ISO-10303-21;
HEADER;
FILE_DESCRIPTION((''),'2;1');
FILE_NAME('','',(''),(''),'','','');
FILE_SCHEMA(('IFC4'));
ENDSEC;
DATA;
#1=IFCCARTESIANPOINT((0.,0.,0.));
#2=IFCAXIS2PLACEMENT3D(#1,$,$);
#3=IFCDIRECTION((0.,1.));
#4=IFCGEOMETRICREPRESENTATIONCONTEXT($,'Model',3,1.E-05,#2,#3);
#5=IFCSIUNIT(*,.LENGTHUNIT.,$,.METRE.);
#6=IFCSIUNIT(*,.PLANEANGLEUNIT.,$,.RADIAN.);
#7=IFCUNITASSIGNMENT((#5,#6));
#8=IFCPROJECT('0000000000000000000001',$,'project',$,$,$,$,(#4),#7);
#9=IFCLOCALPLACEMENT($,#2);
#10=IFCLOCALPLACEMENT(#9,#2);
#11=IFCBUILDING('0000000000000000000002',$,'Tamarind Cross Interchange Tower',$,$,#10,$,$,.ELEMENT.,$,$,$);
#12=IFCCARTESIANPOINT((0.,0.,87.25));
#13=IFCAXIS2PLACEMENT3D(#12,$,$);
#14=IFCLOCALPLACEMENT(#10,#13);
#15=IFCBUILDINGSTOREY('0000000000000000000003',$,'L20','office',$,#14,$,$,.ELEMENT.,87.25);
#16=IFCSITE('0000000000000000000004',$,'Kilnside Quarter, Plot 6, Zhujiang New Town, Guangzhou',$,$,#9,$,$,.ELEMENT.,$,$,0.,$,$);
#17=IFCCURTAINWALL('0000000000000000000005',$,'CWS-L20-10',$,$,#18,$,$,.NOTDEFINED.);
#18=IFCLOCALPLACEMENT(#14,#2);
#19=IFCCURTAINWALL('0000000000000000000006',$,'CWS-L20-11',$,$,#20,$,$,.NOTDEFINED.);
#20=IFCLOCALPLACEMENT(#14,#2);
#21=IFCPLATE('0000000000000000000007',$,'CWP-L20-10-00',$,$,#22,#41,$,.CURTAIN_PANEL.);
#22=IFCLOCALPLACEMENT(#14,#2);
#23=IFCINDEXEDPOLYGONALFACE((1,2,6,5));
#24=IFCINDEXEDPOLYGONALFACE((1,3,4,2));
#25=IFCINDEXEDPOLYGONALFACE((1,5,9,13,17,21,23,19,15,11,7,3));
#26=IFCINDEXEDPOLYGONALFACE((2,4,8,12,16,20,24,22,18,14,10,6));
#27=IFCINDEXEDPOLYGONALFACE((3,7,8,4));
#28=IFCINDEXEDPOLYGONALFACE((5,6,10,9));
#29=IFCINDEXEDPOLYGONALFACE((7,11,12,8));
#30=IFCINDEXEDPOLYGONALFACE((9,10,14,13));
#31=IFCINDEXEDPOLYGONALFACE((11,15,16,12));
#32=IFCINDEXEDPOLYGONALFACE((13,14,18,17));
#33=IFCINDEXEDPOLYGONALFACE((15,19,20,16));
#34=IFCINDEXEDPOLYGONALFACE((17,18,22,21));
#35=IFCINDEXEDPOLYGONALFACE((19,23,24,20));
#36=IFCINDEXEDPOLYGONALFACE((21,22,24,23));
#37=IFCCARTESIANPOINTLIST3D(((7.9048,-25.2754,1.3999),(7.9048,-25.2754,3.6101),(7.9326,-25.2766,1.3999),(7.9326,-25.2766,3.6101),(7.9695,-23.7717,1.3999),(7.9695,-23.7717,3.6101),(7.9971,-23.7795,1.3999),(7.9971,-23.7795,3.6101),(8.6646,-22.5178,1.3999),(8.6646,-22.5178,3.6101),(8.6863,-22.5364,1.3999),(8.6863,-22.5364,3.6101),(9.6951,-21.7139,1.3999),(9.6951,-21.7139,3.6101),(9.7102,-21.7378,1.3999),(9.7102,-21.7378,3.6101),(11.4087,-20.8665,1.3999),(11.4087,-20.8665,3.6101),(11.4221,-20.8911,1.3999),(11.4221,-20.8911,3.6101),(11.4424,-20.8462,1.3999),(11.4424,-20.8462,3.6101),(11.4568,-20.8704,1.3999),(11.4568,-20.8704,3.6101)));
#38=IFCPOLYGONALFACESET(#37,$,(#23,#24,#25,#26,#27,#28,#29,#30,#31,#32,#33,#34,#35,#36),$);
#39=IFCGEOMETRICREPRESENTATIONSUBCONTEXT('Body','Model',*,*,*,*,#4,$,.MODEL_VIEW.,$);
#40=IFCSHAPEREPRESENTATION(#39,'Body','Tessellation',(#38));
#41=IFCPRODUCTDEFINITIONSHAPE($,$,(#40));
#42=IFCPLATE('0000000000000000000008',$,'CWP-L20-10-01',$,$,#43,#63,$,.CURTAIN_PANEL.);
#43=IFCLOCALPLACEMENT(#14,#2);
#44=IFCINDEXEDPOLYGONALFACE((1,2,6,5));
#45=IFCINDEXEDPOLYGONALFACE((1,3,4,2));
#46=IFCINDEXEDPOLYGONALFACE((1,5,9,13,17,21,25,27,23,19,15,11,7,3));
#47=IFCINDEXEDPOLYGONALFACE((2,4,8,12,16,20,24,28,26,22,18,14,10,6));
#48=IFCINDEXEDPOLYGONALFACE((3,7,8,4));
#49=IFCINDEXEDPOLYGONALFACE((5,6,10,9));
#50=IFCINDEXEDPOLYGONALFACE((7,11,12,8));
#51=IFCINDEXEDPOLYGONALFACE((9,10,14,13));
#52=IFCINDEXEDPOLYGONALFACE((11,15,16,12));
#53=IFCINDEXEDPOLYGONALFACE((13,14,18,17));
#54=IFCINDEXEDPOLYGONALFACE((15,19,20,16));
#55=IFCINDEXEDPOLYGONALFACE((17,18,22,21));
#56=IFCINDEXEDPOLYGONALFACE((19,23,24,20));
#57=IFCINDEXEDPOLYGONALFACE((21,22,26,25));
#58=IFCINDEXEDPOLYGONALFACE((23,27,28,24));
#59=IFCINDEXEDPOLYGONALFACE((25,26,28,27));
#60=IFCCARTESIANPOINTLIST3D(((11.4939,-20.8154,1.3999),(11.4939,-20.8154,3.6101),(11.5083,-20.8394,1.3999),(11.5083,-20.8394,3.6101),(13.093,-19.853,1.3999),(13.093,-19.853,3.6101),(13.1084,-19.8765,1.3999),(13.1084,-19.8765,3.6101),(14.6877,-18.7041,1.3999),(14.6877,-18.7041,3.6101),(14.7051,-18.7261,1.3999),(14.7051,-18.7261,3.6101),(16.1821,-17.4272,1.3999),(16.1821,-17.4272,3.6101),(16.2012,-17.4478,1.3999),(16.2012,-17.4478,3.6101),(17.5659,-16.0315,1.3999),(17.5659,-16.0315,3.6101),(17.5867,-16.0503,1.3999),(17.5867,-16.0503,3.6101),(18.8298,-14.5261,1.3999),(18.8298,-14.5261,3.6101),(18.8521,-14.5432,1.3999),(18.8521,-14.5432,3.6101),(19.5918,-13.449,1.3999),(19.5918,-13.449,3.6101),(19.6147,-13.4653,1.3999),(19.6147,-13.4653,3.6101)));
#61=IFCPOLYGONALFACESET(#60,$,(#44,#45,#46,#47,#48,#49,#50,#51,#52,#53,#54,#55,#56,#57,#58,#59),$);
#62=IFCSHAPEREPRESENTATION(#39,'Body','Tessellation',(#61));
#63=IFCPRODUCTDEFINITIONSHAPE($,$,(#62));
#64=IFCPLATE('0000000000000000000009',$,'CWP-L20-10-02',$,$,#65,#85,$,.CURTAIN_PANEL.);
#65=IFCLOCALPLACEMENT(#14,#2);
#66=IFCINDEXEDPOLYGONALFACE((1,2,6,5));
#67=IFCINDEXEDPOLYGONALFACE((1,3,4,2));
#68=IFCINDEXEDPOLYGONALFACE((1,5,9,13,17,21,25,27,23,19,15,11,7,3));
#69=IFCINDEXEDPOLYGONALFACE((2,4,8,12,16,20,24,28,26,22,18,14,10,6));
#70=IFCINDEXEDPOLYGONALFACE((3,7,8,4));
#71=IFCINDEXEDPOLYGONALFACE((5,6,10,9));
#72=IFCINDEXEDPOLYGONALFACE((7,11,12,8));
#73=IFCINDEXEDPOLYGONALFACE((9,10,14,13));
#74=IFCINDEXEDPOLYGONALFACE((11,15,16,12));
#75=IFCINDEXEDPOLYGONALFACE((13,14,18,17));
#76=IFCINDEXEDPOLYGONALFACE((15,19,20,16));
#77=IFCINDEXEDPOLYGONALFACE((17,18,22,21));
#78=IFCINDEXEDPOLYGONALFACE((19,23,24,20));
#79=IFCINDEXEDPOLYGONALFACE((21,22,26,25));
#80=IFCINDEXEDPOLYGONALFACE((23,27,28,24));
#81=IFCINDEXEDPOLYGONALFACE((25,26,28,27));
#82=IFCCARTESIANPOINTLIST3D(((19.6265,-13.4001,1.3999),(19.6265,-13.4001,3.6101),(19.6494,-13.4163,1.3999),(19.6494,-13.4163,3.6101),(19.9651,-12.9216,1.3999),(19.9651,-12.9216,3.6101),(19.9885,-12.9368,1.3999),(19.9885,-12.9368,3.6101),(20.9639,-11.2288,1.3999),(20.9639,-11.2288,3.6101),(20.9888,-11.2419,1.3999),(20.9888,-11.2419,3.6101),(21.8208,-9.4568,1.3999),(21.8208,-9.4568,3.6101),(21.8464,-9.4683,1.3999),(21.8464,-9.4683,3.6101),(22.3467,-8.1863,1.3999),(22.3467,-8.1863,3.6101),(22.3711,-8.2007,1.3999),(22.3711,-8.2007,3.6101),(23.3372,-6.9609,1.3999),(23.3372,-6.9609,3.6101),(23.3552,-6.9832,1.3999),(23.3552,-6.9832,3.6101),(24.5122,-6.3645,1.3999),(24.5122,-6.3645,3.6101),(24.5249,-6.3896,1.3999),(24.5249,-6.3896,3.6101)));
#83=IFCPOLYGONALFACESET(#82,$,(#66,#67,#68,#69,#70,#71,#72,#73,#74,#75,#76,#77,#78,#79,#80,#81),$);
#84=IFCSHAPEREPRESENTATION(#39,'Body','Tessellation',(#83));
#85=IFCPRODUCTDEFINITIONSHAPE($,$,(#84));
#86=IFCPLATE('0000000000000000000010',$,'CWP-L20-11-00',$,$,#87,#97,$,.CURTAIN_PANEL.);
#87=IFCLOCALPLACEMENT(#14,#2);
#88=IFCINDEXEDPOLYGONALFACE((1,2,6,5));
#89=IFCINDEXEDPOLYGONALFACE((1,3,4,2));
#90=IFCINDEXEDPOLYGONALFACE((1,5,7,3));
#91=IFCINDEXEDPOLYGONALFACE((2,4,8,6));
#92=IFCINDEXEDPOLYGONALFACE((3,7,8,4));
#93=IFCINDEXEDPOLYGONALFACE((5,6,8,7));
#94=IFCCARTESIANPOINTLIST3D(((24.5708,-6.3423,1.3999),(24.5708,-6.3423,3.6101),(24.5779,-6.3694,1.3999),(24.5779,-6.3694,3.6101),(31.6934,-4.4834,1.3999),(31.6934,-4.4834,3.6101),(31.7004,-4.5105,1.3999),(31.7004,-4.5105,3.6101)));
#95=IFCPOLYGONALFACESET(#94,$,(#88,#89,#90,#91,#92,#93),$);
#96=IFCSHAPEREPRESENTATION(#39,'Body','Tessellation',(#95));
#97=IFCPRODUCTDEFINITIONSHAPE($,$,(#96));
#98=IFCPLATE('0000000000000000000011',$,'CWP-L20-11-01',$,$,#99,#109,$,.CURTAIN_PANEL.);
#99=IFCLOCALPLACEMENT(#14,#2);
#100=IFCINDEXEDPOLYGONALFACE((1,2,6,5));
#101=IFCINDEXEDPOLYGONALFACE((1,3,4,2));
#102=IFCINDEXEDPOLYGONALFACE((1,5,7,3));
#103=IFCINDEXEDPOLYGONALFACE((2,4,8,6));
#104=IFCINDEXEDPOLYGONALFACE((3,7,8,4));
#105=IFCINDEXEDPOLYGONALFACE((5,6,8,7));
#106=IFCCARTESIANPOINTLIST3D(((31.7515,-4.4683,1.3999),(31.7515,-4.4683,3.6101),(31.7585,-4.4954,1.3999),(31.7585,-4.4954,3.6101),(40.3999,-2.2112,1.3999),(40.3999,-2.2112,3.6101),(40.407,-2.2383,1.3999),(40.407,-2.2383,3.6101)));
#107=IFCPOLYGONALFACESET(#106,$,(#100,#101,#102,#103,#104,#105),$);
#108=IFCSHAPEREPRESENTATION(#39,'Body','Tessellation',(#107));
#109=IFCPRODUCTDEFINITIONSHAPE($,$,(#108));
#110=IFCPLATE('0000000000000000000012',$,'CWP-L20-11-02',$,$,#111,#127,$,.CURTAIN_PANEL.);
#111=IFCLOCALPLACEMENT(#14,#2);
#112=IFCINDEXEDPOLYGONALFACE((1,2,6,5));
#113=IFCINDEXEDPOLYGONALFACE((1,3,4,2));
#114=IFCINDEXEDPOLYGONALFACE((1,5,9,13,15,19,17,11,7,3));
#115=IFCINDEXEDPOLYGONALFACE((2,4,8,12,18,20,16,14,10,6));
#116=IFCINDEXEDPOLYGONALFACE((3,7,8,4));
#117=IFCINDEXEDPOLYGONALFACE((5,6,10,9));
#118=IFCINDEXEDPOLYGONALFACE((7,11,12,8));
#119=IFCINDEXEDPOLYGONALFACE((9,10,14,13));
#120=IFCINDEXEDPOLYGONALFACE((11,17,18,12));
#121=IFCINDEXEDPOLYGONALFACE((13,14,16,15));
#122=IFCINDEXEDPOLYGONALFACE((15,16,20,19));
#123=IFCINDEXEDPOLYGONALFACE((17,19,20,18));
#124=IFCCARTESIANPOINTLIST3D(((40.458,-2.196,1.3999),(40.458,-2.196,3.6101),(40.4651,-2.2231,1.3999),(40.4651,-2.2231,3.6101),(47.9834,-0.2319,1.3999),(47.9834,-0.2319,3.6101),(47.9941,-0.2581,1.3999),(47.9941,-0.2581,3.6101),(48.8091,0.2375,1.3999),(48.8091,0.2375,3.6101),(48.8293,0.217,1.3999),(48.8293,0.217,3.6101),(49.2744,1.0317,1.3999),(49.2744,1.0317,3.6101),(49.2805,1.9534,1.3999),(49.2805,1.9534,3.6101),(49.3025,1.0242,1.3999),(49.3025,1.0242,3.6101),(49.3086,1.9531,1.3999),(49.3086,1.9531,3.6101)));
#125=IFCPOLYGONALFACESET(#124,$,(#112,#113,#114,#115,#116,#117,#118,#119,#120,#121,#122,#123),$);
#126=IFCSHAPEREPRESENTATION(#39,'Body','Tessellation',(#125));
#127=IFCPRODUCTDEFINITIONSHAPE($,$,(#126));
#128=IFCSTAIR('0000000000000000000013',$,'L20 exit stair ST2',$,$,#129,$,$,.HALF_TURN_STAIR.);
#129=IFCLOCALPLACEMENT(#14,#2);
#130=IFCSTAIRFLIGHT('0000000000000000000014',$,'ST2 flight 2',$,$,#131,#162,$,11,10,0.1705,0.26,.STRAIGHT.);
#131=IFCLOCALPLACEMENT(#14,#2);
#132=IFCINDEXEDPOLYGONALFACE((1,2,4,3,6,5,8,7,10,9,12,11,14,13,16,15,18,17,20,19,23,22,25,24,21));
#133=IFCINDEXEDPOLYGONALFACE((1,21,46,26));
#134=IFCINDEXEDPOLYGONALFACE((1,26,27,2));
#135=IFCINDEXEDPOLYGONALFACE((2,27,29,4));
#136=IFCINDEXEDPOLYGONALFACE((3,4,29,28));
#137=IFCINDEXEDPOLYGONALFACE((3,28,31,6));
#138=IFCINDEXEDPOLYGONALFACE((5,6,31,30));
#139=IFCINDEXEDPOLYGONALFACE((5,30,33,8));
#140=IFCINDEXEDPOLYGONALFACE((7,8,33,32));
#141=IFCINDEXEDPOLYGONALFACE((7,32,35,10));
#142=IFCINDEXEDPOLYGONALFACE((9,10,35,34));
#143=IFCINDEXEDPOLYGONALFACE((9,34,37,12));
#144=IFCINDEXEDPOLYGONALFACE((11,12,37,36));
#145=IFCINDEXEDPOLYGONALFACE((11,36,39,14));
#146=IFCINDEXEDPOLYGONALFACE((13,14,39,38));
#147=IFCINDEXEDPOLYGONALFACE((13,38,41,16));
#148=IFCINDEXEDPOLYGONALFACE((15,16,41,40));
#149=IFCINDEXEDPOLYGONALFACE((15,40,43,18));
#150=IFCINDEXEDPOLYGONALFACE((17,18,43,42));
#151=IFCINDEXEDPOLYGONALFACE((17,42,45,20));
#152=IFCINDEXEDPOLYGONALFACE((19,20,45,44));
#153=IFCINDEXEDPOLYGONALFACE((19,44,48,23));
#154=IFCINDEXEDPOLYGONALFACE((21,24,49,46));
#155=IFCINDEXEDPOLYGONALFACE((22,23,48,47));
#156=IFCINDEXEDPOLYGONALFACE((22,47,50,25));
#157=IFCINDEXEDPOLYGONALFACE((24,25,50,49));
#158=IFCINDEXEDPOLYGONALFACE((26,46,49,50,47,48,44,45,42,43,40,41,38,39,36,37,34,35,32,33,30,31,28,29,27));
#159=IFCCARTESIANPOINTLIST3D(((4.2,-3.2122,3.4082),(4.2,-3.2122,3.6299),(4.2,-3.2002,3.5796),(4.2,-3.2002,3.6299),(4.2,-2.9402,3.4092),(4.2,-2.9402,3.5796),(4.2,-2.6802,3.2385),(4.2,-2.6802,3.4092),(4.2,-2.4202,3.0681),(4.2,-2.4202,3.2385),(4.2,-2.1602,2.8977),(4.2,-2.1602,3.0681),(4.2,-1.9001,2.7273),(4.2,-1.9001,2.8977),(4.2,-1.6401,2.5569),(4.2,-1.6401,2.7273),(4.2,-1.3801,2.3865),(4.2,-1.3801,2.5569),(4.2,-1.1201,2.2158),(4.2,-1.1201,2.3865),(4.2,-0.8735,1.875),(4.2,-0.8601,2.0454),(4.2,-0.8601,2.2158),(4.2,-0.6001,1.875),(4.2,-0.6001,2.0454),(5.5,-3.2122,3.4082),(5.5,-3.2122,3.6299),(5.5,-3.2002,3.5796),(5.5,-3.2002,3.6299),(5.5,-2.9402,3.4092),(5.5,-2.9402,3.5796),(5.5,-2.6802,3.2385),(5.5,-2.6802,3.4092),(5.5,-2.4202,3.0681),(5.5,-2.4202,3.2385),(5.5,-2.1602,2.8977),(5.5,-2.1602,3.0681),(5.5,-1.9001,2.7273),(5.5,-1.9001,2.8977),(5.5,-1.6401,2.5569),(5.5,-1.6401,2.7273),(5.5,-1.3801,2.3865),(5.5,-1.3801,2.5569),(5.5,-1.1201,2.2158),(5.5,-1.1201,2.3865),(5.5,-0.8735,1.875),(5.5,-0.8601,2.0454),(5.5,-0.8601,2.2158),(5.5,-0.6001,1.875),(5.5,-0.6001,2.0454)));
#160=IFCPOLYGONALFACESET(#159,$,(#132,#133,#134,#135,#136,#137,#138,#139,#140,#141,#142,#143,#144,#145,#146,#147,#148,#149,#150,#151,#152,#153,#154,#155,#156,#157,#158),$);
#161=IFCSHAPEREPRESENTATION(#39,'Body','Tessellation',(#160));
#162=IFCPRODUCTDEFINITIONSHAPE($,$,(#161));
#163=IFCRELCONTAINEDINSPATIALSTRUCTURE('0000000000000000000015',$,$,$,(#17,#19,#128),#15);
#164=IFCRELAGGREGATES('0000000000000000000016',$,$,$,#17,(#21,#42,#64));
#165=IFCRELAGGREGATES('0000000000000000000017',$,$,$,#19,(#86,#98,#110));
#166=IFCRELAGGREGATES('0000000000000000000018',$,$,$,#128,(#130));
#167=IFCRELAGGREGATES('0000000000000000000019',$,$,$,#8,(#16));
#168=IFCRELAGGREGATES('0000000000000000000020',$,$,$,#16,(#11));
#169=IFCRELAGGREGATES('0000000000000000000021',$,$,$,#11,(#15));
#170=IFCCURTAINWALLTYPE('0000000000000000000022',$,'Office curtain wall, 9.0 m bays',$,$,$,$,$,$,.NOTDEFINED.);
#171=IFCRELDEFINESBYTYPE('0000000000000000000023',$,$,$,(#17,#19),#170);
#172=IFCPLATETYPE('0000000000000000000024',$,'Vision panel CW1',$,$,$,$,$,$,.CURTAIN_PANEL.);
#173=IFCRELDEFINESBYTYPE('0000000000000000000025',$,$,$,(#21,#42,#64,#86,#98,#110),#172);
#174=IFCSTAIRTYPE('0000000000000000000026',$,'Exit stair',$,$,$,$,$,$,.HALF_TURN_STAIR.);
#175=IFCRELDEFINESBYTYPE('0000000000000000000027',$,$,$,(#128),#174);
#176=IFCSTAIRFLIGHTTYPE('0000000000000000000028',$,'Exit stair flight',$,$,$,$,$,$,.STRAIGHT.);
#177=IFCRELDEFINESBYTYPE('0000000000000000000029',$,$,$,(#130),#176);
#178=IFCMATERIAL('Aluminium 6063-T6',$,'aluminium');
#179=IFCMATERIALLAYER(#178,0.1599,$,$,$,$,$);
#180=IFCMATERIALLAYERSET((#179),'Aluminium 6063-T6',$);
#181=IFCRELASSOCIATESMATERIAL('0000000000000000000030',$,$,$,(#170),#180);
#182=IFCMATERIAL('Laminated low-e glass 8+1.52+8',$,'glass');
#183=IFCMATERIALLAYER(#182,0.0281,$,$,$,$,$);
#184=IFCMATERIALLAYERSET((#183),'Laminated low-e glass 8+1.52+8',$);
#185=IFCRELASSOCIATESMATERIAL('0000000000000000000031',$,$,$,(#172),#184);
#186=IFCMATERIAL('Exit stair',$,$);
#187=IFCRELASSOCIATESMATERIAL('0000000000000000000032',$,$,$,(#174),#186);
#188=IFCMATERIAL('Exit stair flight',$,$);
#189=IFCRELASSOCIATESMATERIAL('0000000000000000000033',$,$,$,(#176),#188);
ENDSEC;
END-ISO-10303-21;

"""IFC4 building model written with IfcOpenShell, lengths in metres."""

from ifc_helpers import new_model, si_unit, direction, frame, origin, place, context, subcontext, project, spatial, polyline, outline, extrude, material, layer, layer_set, type_object, element, aggregate, save


model = new_model("IFC4")

# Units and contexts
model_context = context("Model", 3, precision=1e-05, world=origin(), true_north=direction((0.0, 1.0)))
body_context = subcontext(model_context, "Body", "Model", "MODEL_VIEW")
ifc_project = project(units=[si_unit("LENGTHUNIT", "METRE"), si_unit("PLANEANGLEUNIT", "RADIAN")], contexts=[model_context])

# Site, building, storey
site_placement = place(None, origin())
site = spatial("IfcSite", under=ifc_project, at=site_placement, Name="Kilnside Quarter, Plot 6, Zhujiang New Town, Guangzhou", CompositionType="ELEMENT", RefElevation=0.0)
building_placement = place(site_placement, origin())
building = spatial("IfcBuilding", under=site, at=building_placement, Name="Tamarind Cross Interchange Tower", CompositionType="ELEMENT")
storey_placement = place(building_placement, frame((0.0, 0.0, 87.25)))
storey = spatial("IfcBuildingStorey", under=building, at=storey_placement, Name="L20", Description="office", CompositionType="ELEMENT", Elevation=87.25)

# Curtain walls
ifc_material_1 = material(Name="Aluminium 6063-T6", Category="aluminium")
ifc_layer_1 = layer(ifc_material_1, 0.1599)
ifc_layer_set_1 = layer_set([ifc_layer_1], Name="Aluminium 6063-T6")
curtain_wall_type = type_object("IfcCurtainWallType", Name="Office curtain wall, 9.0 m bays", PredefinedType="NOTDEFINED", material=ifc_layer_set_1)
curtain_wall_1_placement = place(storey_placement, origin())
curtain_wall_1 = element("IfcCurtainWall", 1, at=curtain_wall_1_placement, inside=storey, type_object=curtain_wall_type, Name="CWS-L20-10", PredefinedType="NOTDEFINED")
curtain_wall_2_placement = place(storey_placement, origin())
curtain_wall_2 = element("IfcCurtainWall", 2, at=curtain_wall_2_placement, inside=storey, type_object=curtain_wall_type, Name="CWS-L20-11", PredefinedType="NOTDEFINED")

# Plates
ifc_material_2 = material(Name="Laminated low-e glass 8+1.52+8", Category="glass")
ifc_layer_2 = layer(ifc_material_2, 0.0281)
ifc_layer_set_2 = layer_set([ifc_layer_2], Name="Laminated low-e glass 8+1.52+8")
plate_type = type_object("IfcPlateType", Name="Vision panel CW1", PredefinedType="CURTAIN_PANEL", material=ifc_layer_set_2)
plate_1_placement = place(storey_placement, frame((0.0, 0.0, 1.3999)))
plate_1 = element("IfcPlate", 3, at=plate_1_placement, type_object=plate_type, Name="CWP-L20-10-00", PredefinedType="CURTAIN_PANEL", context=body_context, shape_type="SweptSolid", body=[
    extrude(outline(polyline([(7.9048, -25.2754), (7.9695, -23.7717), (8.6646, -22.5178), (9.6951, -21.7139), (11.4087, -20.8665), (11.4424, -20.8462), (11.4568, -20.8704), (11.4221, -20.8911), (9.7102, -21.7378), (8.6863, -22.5364), (7.9971, -23.7795), (7.9326, -25.2766), (7.9048, -25.2754)])), origin(), (0.0, 0.0, 1.0), 2.2102),
])
plate_2_placement = place(storey_placement, frame((0.0, 0.0, 1.3999)))
plate_2 = element("IfcPlate", 4, at=plate_2_placement, type_object=plate_type, Name="CWP-L20-10-01", PredefinedType="CURTAIN_PANEL", context=body_context, shape_type="SweptSolid", body=[
    extrude(outline(polyline([(11.4939, -20.8154), (13.093, -19.853), (14.6877, -18.7041), (16.1821, -17.4272), (17.5659, -16.0315), (18.8298, -14.5261), (19.5918, -13.449), (19.6147, -13.4653), (18.8521, -14.5432), (17.5867, -16.0503), (16.2012, -17.4478), (14.7051, -18.7261), (13.1084, -19.8765), (11.5083, -20.8394), (11.4939, -20.8154)])), origin(), (0.0, 0.0, 1.0), 2.2102),
])
plate_3_placement = place(storey_placement, frame((0.0, 0.0, 1.3999)))
plate_3 = element("IfcPlate", 5, at=plate_3_placement, type_object=plate_type, Name="CWP-L20-10-02", PredefinedType="CURTAIN_PANEL", context=body_context, shape_type="SweptSolid", body=[
    extrude(outline(polyline([(19.6265, -13.4001), (19.9651, -12.9216), (20.9639, -11.2288), (21.8208, -9.4568), (22.3467, -8.1863), (23.3372, -6.9609), (24.5122, -6.3645), (24.5249, -6.3896), (23.3552, -6.9832), (22.3711, -8.2007), (21.8464, -9.4683), (20.9888, -11.2419), (19.9885, -12.9368), (19.6494, -13.4163), (19.6265, -13.4001)])), origin(), (0.0, 0.0, 1.0), 2.2102),
])
aggregate(curtain_wall_1, [plate_1, plate_2, plate_3])
plate_4_placement = place(storey_placement, frame((0.0, 0.0, 1.3999)))
plate_4 = element("IfcPlate", 6, at=plate_4_placement, type_object=plate_type, Name="CWP-L20-11-00", PredefinedType="CURTAIN_PANEL", context=body_context, shape_type="SweptSolid", body=[
    extrude(outline(polyline([(24.5708, -6.3423), (31.6934, -4.4834), (31.7004, -4.5105), (24.5779, -6.3694), (24.5708, -6.3423)])), origin(), (0.0, 0.0, 1.0), 2.2102),
])
plate_5_placement = place(storey_placement, frame((0.0, 0.0, 1.3999)))
plate_5 = element("IfcPlate", 7, at=plate_5_placement, type_object=plate_type, Name="CWP-L20-11-01", PredefinedType="CURTAIN_PANEL", context=body_context, shape_type="SweptSolid", body=[
    extrude(outline(polyline([(31.7515, -4.4683), (40.3999, -2.2112), (40.407, -2.2383), (31.7585, -4.4954), (31.7515, -4.4683)])), origin(), (0.0, 0.0, 1.0), 2.2102),
])
plate_6_placement = place(storey_placement, frame((0.0, 0.0, 1.3999)))
plate_6 = element("IfcPlate", 8, at=plate_6_placement, type_object=plate_type, Name="CWP-L20-11-02", PredefinedType="CURTAIN_PANEL", context=body_context, shape_type="SweptSolid", body=[
    extrude(outline(polyline([(40.458, -2.196), (47.9834, -0.2319), (48.8091, 0.2375), (49.2744, 1.0317), (49.2805, 1.9534), (49.3086, 1.9531), (49.3025, 1.0242), (48.8293, 0.217), (47.9941, -0.2581), (40.4651, -2.2231), (40.458, -2.196)])), origin(), (0.0, 0.0, 1.0), 2.2102),
])
aggregate(curtain_wall_2, [plate_4, plate_5, plate_6])

# Stair, stair flight
ifc_material_3 = material(Name="Exit stair")
stair_type = type_object("IfcStairType", Name="Exit stair", PredefinedType="HALF_TURN_STAIR", material=ifc_material_3)
stair_placement = place(storey_placement, origin())
stair = element("IfcStair", 9, at=stair_placement, inside=storey, type_object=stair_type, Name="L20 exit stair ST2", PredefinedType="HALF_TURN_STAIR")
ifc_material_4 = material(Name="Exit stair flight")
stair_flight_type = type_object("IfcStairFlightType", Name="Exit stair flight", PredefinedType="STRAIGHT", material=ifc_material_4)
stair_flight_placement = place(storey_placement, frame((4.8501, -0.6001, 1.875), z_axis=(0.0, 0.0, 1.0), x_axis=(0.0, -1.0, 0.0)))
stair_flight = element("IfcStairFlight", 10, at=stair_flight_placement, type_object=stair_flight_type, Name="ST2 flight 2", NumberOfRisers=11, NumberOfTreads=10, PredefinedType="STRAIGHT", RiserHeight=0.1705, TreadLength=0.26, context=body_context, shape_type="SweptSolid", body=[
    extrude(outline(polyline([(0.0, 0.0), (0.0, 0.1704), (0.26, 0.1704), (0.26, 0.3408), (0.52, 0.3408), (0.52, 0.5115), (0.78, 0.5115), (0.78, 0.6819), (1.04, 0.6819), (1.04, 0.8523), (1.3, 0.8523), (1.3, 1.0227), (1.5601, 1.0227), (1.5601, 1.1931), (1.8201, 1.1931), (1.8201, 1.3635), (2.0801, 1.3635), (2.0801, 1.5342), (2.3401, 1.5342), (2.3401, 1.7046), (2.6001, 1.7046), (2.6001, 1.7549), (2.6121, 1.7549), (2.6121, 1.5332), (0.2734, 0.0), (0.0, 0.0)])), frame((0.0, 0.6499, 0.0), z_axis=(0.0, -1.0, 0.0), x_axis=(1.0, 0.0, 0.0)), (0.0, 0.0, 1.0), 1.3),
])
aggregate(stair, [stair_flight])

save(model, "model.ifc")
